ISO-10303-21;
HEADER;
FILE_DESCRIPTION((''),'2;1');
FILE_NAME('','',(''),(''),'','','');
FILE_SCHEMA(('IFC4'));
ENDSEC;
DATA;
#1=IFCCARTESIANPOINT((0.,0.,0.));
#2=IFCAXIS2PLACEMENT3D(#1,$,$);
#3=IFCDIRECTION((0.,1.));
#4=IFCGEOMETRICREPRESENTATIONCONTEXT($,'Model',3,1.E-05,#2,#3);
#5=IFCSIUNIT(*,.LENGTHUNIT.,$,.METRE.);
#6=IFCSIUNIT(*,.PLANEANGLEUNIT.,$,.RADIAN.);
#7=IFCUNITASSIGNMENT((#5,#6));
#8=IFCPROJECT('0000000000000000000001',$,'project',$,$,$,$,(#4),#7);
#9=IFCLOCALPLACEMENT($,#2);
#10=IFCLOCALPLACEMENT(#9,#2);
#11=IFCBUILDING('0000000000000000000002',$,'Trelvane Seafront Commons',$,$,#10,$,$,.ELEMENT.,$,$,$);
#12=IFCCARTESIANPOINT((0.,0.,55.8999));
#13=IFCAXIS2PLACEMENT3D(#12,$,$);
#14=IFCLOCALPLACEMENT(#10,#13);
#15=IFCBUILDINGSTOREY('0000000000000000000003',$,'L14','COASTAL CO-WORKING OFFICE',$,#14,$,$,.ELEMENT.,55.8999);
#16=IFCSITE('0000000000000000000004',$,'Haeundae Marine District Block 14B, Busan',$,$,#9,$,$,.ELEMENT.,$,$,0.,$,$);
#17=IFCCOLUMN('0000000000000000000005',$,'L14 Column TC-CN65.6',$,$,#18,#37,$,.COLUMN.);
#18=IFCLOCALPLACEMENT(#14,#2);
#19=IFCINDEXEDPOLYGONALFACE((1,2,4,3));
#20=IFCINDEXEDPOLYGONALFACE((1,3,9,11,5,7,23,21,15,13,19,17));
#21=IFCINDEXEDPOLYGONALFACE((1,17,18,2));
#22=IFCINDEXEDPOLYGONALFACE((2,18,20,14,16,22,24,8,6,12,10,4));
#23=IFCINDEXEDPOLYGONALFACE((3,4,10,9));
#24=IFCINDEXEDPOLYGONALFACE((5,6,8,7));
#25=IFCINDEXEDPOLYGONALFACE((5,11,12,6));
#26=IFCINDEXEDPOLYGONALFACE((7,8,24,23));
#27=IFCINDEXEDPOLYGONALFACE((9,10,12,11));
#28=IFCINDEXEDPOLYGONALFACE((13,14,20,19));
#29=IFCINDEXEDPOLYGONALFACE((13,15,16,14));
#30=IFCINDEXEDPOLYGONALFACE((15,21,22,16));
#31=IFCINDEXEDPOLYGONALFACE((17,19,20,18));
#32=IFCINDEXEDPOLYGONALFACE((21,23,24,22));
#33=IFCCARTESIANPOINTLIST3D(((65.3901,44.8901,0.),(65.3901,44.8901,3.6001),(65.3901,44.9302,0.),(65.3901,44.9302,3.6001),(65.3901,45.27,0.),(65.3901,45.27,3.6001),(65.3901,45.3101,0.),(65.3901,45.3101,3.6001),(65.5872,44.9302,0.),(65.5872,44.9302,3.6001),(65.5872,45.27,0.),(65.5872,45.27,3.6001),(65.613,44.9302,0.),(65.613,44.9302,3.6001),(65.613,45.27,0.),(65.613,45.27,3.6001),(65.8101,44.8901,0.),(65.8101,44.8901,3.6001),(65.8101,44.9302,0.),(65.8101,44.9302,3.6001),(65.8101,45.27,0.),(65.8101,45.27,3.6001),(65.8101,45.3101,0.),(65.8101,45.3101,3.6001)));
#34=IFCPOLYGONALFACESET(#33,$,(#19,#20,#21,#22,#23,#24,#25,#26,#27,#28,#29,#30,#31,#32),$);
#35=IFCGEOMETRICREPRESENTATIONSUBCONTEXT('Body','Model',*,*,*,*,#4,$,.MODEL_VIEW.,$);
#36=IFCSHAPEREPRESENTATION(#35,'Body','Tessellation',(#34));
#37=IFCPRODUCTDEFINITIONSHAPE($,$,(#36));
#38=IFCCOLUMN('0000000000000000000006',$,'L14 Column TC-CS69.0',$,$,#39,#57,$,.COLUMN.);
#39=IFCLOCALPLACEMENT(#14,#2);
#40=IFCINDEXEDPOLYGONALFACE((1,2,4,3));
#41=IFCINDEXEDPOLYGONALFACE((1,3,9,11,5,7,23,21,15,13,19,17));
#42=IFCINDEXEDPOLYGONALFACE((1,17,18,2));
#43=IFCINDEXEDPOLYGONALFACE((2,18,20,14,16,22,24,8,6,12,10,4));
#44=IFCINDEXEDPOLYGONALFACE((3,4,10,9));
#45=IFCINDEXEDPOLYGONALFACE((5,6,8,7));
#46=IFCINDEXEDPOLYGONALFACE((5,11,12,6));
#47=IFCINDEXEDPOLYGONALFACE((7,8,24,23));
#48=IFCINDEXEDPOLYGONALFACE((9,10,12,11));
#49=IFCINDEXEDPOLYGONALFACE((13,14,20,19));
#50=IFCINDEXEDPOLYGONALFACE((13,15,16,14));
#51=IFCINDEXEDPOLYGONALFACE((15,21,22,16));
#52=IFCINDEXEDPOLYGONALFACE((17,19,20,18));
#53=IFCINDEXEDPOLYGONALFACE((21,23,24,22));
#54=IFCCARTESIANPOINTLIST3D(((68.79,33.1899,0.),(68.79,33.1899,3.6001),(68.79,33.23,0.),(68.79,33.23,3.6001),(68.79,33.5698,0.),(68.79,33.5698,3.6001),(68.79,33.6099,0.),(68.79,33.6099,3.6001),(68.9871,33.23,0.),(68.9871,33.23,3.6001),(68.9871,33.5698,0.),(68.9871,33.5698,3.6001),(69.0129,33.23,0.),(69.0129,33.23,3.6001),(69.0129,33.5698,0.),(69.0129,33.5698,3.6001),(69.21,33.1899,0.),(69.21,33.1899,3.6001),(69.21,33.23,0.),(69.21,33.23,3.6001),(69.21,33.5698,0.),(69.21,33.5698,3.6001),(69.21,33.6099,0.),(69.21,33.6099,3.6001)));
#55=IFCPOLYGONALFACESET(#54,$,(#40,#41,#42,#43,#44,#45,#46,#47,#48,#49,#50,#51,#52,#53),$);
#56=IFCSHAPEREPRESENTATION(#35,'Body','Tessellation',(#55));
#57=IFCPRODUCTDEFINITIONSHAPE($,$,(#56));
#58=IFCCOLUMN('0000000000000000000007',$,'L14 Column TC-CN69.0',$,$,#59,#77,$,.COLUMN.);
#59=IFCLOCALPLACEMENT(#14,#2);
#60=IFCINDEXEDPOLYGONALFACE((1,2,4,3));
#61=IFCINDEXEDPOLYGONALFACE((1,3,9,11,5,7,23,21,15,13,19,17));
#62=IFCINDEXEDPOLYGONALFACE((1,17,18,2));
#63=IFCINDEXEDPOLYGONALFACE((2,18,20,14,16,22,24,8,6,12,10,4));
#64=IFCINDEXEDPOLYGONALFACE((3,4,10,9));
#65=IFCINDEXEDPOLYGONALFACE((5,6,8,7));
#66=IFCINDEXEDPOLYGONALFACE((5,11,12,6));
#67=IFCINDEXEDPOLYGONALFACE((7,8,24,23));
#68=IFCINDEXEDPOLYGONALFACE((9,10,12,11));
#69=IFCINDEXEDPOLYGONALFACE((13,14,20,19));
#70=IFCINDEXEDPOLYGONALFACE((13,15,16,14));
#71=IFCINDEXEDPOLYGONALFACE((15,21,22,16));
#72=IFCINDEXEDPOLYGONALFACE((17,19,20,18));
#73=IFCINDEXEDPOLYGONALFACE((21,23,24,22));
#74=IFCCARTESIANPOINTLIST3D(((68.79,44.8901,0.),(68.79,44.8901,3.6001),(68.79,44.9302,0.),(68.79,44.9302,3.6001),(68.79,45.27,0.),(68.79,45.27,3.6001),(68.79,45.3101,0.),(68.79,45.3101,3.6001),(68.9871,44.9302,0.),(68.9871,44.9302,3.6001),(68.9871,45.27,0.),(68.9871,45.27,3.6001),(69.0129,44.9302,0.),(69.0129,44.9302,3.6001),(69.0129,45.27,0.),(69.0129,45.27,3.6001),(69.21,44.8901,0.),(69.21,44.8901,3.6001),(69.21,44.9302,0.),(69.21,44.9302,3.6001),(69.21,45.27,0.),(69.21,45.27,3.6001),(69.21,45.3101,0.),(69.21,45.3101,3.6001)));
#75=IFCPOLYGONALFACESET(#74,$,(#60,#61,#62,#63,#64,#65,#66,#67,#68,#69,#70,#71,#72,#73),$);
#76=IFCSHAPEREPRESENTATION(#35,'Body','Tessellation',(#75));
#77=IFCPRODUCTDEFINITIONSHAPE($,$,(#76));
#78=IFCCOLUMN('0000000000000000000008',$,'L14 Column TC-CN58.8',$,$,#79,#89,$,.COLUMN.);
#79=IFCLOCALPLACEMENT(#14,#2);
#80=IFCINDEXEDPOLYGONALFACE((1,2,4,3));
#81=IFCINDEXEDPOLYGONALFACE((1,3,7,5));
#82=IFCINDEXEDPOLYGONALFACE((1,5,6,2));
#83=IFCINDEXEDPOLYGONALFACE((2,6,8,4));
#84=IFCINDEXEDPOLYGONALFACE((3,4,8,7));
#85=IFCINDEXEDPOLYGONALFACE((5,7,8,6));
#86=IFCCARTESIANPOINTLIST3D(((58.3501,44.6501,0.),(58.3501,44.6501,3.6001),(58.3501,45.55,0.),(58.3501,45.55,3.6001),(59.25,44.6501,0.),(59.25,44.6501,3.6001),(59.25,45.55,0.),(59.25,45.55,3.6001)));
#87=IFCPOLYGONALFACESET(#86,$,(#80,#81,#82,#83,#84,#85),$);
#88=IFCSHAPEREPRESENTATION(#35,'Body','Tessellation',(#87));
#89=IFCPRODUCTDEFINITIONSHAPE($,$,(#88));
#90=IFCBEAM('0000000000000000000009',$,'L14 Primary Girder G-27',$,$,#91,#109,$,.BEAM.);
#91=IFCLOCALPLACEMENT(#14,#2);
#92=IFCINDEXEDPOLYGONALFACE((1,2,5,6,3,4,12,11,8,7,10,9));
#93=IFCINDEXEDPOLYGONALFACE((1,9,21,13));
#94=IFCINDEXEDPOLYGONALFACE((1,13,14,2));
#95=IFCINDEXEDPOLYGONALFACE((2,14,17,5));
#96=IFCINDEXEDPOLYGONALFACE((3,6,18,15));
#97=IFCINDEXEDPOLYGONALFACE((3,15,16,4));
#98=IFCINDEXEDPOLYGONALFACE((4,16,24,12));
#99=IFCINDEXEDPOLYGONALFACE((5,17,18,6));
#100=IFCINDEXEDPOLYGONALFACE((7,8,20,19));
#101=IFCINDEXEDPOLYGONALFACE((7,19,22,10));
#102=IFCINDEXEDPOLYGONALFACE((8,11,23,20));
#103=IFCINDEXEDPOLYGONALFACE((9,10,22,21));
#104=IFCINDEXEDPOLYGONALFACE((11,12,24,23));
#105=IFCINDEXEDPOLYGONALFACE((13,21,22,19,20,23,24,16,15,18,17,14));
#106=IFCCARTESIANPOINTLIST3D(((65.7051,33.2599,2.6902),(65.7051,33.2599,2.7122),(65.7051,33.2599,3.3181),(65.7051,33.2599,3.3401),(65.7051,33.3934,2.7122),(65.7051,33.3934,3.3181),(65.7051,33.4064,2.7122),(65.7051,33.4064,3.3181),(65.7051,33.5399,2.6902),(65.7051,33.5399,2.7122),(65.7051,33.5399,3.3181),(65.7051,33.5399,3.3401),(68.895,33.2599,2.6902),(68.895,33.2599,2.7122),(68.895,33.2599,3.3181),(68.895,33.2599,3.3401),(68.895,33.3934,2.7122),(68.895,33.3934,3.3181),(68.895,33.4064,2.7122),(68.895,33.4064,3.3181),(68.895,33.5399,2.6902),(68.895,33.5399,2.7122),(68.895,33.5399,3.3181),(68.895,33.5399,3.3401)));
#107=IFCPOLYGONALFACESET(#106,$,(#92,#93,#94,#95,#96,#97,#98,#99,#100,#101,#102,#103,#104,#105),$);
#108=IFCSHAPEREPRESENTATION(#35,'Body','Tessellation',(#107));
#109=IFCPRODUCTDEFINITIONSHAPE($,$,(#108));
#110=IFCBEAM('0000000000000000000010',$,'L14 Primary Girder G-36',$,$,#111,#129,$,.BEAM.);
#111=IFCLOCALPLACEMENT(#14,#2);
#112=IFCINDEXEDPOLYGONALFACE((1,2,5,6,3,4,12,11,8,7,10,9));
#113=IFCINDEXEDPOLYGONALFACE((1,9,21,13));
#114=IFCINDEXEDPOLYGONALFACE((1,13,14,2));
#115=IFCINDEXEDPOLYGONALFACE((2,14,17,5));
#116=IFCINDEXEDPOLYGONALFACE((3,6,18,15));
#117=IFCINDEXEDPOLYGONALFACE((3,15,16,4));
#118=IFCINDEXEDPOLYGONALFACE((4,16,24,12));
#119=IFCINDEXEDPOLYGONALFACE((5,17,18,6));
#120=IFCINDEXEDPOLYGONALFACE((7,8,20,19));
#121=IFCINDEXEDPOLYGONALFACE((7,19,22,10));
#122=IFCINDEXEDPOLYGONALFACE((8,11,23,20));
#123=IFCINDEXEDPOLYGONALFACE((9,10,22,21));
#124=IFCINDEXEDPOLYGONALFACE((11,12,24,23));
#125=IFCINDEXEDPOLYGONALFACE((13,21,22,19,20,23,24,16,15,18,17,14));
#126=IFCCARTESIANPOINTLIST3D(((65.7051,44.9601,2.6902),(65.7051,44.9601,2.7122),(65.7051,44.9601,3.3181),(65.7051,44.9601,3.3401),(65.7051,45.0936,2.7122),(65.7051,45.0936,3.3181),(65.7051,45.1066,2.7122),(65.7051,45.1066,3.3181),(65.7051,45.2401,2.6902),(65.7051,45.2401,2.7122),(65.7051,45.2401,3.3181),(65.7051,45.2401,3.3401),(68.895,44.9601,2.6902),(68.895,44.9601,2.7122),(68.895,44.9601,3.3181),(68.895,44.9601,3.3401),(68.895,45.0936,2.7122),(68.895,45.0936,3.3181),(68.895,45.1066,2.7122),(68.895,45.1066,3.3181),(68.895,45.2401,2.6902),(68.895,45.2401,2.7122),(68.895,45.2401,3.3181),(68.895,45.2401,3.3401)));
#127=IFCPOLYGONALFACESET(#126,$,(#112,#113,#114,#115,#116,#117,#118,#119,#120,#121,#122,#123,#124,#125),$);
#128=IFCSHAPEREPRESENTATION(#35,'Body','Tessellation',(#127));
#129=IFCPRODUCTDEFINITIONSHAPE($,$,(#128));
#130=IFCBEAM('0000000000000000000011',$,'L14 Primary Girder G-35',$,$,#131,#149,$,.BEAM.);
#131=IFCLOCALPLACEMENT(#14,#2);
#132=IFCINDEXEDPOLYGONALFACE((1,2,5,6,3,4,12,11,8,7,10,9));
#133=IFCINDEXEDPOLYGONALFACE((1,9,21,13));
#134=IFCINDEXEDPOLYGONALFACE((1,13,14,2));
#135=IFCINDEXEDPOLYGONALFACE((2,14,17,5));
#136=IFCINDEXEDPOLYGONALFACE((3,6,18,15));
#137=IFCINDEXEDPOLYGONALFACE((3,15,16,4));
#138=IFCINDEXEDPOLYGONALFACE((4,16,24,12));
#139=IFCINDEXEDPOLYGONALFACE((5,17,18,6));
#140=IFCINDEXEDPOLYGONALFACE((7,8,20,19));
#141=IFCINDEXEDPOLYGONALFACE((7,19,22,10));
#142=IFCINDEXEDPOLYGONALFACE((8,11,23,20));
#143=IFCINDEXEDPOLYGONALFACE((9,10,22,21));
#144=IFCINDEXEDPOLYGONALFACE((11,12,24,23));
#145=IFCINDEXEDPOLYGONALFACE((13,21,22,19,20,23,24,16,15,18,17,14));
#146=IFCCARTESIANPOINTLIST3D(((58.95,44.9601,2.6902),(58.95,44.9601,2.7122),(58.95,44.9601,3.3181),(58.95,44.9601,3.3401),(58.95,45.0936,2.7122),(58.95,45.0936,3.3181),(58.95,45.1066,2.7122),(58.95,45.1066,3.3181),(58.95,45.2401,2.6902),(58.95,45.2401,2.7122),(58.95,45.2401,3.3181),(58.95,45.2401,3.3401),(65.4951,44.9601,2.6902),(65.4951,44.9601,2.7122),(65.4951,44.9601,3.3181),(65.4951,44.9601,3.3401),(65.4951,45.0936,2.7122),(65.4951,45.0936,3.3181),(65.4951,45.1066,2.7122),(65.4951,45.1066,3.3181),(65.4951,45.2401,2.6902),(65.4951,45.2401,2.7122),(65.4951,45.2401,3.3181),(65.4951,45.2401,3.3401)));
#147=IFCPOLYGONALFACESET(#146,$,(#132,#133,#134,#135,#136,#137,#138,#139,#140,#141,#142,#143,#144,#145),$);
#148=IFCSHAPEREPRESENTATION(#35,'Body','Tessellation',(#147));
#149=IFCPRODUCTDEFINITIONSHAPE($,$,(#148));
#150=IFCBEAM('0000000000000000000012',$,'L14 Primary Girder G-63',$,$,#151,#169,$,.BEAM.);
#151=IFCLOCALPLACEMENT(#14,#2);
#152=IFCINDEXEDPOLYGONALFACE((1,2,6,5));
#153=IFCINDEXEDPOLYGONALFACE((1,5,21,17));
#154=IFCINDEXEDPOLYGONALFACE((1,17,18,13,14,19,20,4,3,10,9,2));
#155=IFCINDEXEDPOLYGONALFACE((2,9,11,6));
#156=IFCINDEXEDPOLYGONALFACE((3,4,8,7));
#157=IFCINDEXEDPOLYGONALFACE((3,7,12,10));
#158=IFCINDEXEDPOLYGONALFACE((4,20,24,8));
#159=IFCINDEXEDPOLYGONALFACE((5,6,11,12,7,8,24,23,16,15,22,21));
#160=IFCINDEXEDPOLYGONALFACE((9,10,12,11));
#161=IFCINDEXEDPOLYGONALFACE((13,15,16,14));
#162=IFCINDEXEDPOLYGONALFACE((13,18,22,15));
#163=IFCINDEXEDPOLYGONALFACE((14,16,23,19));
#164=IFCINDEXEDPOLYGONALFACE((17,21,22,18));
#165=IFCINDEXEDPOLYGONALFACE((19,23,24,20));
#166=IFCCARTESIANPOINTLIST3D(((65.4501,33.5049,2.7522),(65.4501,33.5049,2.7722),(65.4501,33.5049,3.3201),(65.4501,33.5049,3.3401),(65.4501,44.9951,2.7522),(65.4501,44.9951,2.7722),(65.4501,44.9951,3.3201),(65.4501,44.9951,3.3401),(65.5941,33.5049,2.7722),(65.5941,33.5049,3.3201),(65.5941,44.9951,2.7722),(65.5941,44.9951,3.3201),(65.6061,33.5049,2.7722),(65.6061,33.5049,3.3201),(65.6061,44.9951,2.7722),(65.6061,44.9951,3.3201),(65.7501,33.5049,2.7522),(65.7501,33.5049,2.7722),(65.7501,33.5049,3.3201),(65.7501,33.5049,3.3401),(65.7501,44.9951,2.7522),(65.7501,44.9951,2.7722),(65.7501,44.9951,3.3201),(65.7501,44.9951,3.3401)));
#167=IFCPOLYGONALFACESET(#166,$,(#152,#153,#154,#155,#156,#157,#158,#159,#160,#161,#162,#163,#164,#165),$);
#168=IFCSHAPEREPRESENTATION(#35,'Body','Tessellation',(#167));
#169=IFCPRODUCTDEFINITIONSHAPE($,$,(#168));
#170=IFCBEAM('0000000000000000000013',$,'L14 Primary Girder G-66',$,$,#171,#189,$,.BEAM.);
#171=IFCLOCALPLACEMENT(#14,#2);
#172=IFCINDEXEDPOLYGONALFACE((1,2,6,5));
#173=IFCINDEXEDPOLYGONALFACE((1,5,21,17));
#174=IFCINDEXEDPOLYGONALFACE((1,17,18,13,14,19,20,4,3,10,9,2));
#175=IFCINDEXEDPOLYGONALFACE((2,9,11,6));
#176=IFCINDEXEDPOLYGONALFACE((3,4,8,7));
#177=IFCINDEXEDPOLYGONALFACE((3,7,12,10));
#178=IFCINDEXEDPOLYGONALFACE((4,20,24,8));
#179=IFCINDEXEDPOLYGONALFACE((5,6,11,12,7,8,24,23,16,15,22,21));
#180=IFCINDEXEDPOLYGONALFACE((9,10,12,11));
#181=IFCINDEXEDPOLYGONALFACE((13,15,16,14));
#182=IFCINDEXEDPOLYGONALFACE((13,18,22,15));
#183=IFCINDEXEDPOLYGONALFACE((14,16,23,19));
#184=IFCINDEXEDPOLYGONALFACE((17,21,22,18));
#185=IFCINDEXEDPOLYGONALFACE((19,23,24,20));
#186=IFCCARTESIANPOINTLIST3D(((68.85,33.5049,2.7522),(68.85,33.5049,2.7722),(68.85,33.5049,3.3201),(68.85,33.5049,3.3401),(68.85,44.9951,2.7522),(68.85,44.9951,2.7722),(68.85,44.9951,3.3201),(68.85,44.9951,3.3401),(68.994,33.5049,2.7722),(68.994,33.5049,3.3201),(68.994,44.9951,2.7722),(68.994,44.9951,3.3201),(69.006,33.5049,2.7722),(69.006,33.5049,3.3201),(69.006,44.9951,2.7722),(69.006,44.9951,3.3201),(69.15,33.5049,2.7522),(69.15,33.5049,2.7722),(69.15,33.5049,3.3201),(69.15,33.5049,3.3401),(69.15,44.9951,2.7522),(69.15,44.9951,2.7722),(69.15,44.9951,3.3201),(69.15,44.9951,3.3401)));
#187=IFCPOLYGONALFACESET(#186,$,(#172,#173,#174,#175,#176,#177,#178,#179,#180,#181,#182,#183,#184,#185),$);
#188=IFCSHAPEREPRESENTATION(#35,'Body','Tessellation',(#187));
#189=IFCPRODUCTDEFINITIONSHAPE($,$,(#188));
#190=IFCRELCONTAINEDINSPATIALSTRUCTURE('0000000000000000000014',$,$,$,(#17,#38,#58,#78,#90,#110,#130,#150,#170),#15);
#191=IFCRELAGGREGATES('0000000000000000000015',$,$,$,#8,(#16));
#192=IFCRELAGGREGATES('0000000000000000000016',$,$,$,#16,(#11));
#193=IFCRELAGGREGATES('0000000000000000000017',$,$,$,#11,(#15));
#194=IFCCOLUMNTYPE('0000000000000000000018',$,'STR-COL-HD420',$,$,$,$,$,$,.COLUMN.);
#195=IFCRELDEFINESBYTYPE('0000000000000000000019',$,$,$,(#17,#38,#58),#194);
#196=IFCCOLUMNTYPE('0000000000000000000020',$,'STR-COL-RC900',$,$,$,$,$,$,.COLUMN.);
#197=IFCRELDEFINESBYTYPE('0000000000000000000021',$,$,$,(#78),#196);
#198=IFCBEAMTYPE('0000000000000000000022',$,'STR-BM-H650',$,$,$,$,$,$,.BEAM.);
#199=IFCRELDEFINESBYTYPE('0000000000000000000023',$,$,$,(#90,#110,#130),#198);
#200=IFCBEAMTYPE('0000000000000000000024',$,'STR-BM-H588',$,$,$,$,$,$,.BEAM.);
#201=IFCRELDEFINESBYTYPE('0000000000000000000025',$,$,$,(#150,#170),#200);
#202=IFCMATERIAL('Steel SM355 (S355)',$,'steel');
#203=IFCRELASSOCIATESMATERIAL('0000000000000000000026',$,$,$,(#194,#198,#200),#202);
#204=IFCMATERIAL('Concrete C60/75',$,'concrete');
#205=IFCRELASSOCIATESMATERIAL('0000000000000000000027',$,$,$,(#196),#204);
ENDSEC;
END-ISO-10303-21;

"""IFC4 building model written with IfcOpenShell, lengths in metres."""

from ifc_helpers import new_model, si_unit, direction, frame, origin, origin_2d, place, context, subcontext, project, spatial, rectangle, i_section, extrude, source, transform, mapped, material, material_profile, profile_set, type_object, element, save


model = new_model("IFC4")

# Units and contexts
model_context = context("Model", 3, precision=1e-05, world=origin(), true_north=direction((0.0, 1.0)))
body_context = subcontext(model_context, "Body", "Model", "MODEL_VIEW")
ifc_project = project(units=[si_unit("LENGTHUNIT", "METRE"), si_unit("PLANEANGLEUNIT", "RADIAN")], contexts=[model_context])

# Site, building, storey
site_placement = place(None, origin())
site = spatial("IfcSite", under=ifc_project, at=site_placement, Name="Haeundae Marine District Block 14B, Busan", CompositionType="ELEMENT", RefElevation=0.0)
building_placement = place(site_placement, origin())
building = spatial("IfcBuilding", under=site, at=building_placement, Name="Trelvane Seafront Commons", CompositionType="ELEMENT")
storey_placement = place(building_placement, frame((0.0, 0.0, 55.8999)))
storey = spatial("IfcBuildingStorey", under=building, at=storey_placement, Name="L14", Description="COASTAL CO-WORKING OFFICE", CompositionType="ELEMENT", Elevation=55.8999)

# Columns
ifc_material_1 = material(Name="Steel SM355 (S355)", Category="steel")
ifc_material_profile_1 = material_profile(ifc_material_1, i_section(OverallWidth=0.4199, OverallDepth=0.4199, WebThickness=0.0259, FlangeThickness=0.04, at=origin_2d()), Name="HD-420x420x26x40")
ifc_profile_set_1 = profile_set([ifc_material_profile_1], Name="Steel SM355 (S355)")
column_type_1 = type_object("IfcColumnType", Name="STR-COL-HD420", PredefinedType="COLUMN", material=ifc_profile_set_1)
shared_shape_1 = source(origin(), body_context, "Body", "SweptSolid", [
    extrude(i_section(OverallWidth=0.4199, OverallDepth=0.4199, WebThickness=0.0259, FlangeThickness=0.04, at=origin_2d()), origin(), (0.0, 0.0, 1.0), 3.6001),
])
for number, where, z_axis, x_axis, name in (
    (1, (65.6001, 45.1001, 0.0), (0.0, 0.0, 1.0), (1.0, 0.0, 0.0), "L14 Column TC-CN65.6"),
    (2, (69.0, 33.3999, 0.0), (0.0, 0.0, 1.0), (1.0, 0.0, 0.0), "L14 Column TC-CS69.0"),
    (3, (69.0, 45.1001, 0.0), (0.0, 0.0, 1.0), (1.0, 0.0, 0.0), "L14 Column TC-CN69.0"),
):
    element("IfcColumn", number, at=place(storey_placement, frame(where, z_axis=z_axis, x_axis=x_axis)), inside=storey, type_object=column_type_1, Name=name, PredefinedType="COLUMN", context=body_context, shape_type="MappedRepresentation", body=[
        mapped(shared_shape_1, transform((0.0, 0.0, 0.0), x_axis=(1.0, 0.0, 0.0), y_axis=(0.0, 1.0, 0.0), z_axis=(0.0, 0.0, 1.0), scale=1.0)),
    ])
ifc_material_2 = material(Name="Concrete C60/75", Category="concrete")
ifc_material_profile_2 = material_profile(ifc_material_2, rectangle(XDim=0.8999, YDim=0.8999, at=origin_2d()), Name="RC-900x900")
ifc_profile_set_2 = profile_set([ifc_material_profile_2], Name="Concrete C60/75")
column_type_2 = type_object("IfcColumnType", Name="STR-COL-RC900", PredefinedType="COLUMN", material=ifc_profile_set_2)
shared_shape_2 = source(origin(), body_context, "Body", "SweptSolid", [
    extrude(rectangle(XDim=0.8999, YDim=0.8999, at=origin_2d()), origin(), (0.0, 0.0, 1.0), 3.6001),
])
column_placement = place(storey_placement, frame((58.8, 45.1001, 0.0), z_axis=(0.0, 0.0, 1.0), x_axis=(1.0, 0.0, 0.0)))
element("IfcColumn", 4, at=column_placement, inside=storey, type_object=column_type_2, Name="L14 Column TC-CN58.8", PredefinedType="COLUMN", context=body_context, shape_type="MappedRepresentation", body=[
    mapped(shared_shape_2, transform((0.0, 0.0, 0.0), x_axis=(1.0, 0.0, 0.0), y_axis=(0.0, 1.0, 0.0), z_axis=(0.0, 0.0, 1.0), scale=1.0)),
])

# Beams
ifc_material_profile_3 = material_profile(ifc_material_1, i_section(OverallWidth=0.28, OverallDepth=0.6499, WebThickness=0.0129, FlangeThickness=0.022, at=origin_2d()), Name="H-650x280x13x22")
ifc_profile_set_3 = profile_set([ifc_material_profile_3], Name="Steel SM355 (S355)")
beam_type_1 = type_object("IfcBeamType", Name="STR-BM-H650", PredefinedType="BEAM", material=ifc_profile_set_3)
shared_shape_3 = source(origin(), body_context, "Body", "SweptSolid", [
    extrude(i_section(OverallWidth=0.28, OverallDepth=0.6499, WebThickness=0.0129, FlangeThickness=0.022, at=origin_2d()), origin(), (0.0, 0.0, 1.0), 3.1899),
])
for number, where, z_axis, x_axis, name in (
    (5, (65.7051, 33.3999, 3.0151), (1.0, 0.0, 0.0), (0.0, 1.0, 0.0), "L14 Primary Girder G-27"),
    (6, (65.7051, 45.1001, 3.0151), (1.0, 0.0, 0.0), (0.0, 1.0, 0.0), "L14 Primary Girder G-36"),
):
    element("IfcBeam", number, at=place(storey_placement, frame(where, z_axis=z_axis, x_axis=x_axis)), inside=storey, type_object=beam_type_1, Name=name, PredefinedType="BEAM", context=body_context, shape_type="MappedRepresentation", body=[
        mapped(shared_shape_3, transform((0.0, 0.0, 0.0), x_axis=(1.0, 0.0, 0.0), y_axis=(0.0, 1.0, 0.0), z_axis=(0.0, 0.0, 1.0), scale=1.0)),
    ])
shared_shape_4 = source(origin(), body_context, "Body", "SweptSolid", [
    extrude(i_section(OverallWidth=0.28, OverallDepth=0.6499, WebThickness=0.0129, FlangeThickness=0.022, at=origin_2d()), origin(), (0.0, 0.0, 1.0), 6.5452),
])
beam_1_placement = place(storey_placement, frame((58.95, 45.1001, 3.0151), z_axis=(1.0, 0.0, 0.0), x_axis=(0.0, 1.0, 0.0)))
element("IfcBeam", 7, at=beam_1_placement, inside=storey, type_object=beam_type_1, Name="L14 Primary Girder G-35", PredefinedType="BEAM", context=body_context, shape_type="MappedRepresentation", body=[
    mapped(shared_shape_4, transform((0.0, 0.0, 0.0), x_axis=(1.0, 0.0, 0.0), y_axis=(0.0, 1.0, 0.0), z_axis=(0.0, 0.0, 1.0), scale=1.0)),
])
ifc_material_profile_4 = material_profile(ifc_material_1, i_section(OverallWidth=0.3, OverallDepth=0.5879, WebThickness=0.012, FlangeThickness=0.02, at=origin_2d()), Name="H-588x300x12x20")
ifc_profile_set_4 = profile_set([ifc_material_profile_4], Name="Steel SM355 (S355)")
beam_type_2 = type_object("IfcBeamType", Name="STR-BM-H588", PredefinedType="BEAM", material=ifc_profile_set_4)
shared_shape_5 = source(origin(), body_context, "Body", "SweptSolid", [
    extrude(i_section(OverallWidth=0.3, OverallDepth=0.5879, WebThickness=0.012, FlangeThickness=0.02, at=origin_2d()), origin(), (0.0, 0.0, 1.0), 11.4902),
])
for number, where, z_axis, x_axis, name in (
    (8, (65.6001, 33.5049, 3.0461), (0.0, 1.0, 0.0), (-1.0, 0.0, 0.0), "L14 Primary Girder G-63"),
    (9, (69.0, 33.5049, 3.0461), (0.0, 1.0, 0.0), (-1.0, 0.0, 0.0), "L14 Primary Girder G-66"),
):
    element("IfcBeam", number, at=place(storey_placement, frame(where, z_axis=z_axis, x_axis=x_axis)), inside=storey, type_object=beam_type_2, Name=name, PredefinedType="BEAM", context=body_context, shape_type="MappedRepresentation", body=[
        mapped(shared_shape_5, transform((0.0, 0.0, 0.0), x_axis=(1.0, 0.0, 0.0), y_axis=(0.0, 1.0, 0.0), z_axis=(0.0, 0.0, 1.0), scale=1.0)),
    ])

save(model, "model.ifc")
